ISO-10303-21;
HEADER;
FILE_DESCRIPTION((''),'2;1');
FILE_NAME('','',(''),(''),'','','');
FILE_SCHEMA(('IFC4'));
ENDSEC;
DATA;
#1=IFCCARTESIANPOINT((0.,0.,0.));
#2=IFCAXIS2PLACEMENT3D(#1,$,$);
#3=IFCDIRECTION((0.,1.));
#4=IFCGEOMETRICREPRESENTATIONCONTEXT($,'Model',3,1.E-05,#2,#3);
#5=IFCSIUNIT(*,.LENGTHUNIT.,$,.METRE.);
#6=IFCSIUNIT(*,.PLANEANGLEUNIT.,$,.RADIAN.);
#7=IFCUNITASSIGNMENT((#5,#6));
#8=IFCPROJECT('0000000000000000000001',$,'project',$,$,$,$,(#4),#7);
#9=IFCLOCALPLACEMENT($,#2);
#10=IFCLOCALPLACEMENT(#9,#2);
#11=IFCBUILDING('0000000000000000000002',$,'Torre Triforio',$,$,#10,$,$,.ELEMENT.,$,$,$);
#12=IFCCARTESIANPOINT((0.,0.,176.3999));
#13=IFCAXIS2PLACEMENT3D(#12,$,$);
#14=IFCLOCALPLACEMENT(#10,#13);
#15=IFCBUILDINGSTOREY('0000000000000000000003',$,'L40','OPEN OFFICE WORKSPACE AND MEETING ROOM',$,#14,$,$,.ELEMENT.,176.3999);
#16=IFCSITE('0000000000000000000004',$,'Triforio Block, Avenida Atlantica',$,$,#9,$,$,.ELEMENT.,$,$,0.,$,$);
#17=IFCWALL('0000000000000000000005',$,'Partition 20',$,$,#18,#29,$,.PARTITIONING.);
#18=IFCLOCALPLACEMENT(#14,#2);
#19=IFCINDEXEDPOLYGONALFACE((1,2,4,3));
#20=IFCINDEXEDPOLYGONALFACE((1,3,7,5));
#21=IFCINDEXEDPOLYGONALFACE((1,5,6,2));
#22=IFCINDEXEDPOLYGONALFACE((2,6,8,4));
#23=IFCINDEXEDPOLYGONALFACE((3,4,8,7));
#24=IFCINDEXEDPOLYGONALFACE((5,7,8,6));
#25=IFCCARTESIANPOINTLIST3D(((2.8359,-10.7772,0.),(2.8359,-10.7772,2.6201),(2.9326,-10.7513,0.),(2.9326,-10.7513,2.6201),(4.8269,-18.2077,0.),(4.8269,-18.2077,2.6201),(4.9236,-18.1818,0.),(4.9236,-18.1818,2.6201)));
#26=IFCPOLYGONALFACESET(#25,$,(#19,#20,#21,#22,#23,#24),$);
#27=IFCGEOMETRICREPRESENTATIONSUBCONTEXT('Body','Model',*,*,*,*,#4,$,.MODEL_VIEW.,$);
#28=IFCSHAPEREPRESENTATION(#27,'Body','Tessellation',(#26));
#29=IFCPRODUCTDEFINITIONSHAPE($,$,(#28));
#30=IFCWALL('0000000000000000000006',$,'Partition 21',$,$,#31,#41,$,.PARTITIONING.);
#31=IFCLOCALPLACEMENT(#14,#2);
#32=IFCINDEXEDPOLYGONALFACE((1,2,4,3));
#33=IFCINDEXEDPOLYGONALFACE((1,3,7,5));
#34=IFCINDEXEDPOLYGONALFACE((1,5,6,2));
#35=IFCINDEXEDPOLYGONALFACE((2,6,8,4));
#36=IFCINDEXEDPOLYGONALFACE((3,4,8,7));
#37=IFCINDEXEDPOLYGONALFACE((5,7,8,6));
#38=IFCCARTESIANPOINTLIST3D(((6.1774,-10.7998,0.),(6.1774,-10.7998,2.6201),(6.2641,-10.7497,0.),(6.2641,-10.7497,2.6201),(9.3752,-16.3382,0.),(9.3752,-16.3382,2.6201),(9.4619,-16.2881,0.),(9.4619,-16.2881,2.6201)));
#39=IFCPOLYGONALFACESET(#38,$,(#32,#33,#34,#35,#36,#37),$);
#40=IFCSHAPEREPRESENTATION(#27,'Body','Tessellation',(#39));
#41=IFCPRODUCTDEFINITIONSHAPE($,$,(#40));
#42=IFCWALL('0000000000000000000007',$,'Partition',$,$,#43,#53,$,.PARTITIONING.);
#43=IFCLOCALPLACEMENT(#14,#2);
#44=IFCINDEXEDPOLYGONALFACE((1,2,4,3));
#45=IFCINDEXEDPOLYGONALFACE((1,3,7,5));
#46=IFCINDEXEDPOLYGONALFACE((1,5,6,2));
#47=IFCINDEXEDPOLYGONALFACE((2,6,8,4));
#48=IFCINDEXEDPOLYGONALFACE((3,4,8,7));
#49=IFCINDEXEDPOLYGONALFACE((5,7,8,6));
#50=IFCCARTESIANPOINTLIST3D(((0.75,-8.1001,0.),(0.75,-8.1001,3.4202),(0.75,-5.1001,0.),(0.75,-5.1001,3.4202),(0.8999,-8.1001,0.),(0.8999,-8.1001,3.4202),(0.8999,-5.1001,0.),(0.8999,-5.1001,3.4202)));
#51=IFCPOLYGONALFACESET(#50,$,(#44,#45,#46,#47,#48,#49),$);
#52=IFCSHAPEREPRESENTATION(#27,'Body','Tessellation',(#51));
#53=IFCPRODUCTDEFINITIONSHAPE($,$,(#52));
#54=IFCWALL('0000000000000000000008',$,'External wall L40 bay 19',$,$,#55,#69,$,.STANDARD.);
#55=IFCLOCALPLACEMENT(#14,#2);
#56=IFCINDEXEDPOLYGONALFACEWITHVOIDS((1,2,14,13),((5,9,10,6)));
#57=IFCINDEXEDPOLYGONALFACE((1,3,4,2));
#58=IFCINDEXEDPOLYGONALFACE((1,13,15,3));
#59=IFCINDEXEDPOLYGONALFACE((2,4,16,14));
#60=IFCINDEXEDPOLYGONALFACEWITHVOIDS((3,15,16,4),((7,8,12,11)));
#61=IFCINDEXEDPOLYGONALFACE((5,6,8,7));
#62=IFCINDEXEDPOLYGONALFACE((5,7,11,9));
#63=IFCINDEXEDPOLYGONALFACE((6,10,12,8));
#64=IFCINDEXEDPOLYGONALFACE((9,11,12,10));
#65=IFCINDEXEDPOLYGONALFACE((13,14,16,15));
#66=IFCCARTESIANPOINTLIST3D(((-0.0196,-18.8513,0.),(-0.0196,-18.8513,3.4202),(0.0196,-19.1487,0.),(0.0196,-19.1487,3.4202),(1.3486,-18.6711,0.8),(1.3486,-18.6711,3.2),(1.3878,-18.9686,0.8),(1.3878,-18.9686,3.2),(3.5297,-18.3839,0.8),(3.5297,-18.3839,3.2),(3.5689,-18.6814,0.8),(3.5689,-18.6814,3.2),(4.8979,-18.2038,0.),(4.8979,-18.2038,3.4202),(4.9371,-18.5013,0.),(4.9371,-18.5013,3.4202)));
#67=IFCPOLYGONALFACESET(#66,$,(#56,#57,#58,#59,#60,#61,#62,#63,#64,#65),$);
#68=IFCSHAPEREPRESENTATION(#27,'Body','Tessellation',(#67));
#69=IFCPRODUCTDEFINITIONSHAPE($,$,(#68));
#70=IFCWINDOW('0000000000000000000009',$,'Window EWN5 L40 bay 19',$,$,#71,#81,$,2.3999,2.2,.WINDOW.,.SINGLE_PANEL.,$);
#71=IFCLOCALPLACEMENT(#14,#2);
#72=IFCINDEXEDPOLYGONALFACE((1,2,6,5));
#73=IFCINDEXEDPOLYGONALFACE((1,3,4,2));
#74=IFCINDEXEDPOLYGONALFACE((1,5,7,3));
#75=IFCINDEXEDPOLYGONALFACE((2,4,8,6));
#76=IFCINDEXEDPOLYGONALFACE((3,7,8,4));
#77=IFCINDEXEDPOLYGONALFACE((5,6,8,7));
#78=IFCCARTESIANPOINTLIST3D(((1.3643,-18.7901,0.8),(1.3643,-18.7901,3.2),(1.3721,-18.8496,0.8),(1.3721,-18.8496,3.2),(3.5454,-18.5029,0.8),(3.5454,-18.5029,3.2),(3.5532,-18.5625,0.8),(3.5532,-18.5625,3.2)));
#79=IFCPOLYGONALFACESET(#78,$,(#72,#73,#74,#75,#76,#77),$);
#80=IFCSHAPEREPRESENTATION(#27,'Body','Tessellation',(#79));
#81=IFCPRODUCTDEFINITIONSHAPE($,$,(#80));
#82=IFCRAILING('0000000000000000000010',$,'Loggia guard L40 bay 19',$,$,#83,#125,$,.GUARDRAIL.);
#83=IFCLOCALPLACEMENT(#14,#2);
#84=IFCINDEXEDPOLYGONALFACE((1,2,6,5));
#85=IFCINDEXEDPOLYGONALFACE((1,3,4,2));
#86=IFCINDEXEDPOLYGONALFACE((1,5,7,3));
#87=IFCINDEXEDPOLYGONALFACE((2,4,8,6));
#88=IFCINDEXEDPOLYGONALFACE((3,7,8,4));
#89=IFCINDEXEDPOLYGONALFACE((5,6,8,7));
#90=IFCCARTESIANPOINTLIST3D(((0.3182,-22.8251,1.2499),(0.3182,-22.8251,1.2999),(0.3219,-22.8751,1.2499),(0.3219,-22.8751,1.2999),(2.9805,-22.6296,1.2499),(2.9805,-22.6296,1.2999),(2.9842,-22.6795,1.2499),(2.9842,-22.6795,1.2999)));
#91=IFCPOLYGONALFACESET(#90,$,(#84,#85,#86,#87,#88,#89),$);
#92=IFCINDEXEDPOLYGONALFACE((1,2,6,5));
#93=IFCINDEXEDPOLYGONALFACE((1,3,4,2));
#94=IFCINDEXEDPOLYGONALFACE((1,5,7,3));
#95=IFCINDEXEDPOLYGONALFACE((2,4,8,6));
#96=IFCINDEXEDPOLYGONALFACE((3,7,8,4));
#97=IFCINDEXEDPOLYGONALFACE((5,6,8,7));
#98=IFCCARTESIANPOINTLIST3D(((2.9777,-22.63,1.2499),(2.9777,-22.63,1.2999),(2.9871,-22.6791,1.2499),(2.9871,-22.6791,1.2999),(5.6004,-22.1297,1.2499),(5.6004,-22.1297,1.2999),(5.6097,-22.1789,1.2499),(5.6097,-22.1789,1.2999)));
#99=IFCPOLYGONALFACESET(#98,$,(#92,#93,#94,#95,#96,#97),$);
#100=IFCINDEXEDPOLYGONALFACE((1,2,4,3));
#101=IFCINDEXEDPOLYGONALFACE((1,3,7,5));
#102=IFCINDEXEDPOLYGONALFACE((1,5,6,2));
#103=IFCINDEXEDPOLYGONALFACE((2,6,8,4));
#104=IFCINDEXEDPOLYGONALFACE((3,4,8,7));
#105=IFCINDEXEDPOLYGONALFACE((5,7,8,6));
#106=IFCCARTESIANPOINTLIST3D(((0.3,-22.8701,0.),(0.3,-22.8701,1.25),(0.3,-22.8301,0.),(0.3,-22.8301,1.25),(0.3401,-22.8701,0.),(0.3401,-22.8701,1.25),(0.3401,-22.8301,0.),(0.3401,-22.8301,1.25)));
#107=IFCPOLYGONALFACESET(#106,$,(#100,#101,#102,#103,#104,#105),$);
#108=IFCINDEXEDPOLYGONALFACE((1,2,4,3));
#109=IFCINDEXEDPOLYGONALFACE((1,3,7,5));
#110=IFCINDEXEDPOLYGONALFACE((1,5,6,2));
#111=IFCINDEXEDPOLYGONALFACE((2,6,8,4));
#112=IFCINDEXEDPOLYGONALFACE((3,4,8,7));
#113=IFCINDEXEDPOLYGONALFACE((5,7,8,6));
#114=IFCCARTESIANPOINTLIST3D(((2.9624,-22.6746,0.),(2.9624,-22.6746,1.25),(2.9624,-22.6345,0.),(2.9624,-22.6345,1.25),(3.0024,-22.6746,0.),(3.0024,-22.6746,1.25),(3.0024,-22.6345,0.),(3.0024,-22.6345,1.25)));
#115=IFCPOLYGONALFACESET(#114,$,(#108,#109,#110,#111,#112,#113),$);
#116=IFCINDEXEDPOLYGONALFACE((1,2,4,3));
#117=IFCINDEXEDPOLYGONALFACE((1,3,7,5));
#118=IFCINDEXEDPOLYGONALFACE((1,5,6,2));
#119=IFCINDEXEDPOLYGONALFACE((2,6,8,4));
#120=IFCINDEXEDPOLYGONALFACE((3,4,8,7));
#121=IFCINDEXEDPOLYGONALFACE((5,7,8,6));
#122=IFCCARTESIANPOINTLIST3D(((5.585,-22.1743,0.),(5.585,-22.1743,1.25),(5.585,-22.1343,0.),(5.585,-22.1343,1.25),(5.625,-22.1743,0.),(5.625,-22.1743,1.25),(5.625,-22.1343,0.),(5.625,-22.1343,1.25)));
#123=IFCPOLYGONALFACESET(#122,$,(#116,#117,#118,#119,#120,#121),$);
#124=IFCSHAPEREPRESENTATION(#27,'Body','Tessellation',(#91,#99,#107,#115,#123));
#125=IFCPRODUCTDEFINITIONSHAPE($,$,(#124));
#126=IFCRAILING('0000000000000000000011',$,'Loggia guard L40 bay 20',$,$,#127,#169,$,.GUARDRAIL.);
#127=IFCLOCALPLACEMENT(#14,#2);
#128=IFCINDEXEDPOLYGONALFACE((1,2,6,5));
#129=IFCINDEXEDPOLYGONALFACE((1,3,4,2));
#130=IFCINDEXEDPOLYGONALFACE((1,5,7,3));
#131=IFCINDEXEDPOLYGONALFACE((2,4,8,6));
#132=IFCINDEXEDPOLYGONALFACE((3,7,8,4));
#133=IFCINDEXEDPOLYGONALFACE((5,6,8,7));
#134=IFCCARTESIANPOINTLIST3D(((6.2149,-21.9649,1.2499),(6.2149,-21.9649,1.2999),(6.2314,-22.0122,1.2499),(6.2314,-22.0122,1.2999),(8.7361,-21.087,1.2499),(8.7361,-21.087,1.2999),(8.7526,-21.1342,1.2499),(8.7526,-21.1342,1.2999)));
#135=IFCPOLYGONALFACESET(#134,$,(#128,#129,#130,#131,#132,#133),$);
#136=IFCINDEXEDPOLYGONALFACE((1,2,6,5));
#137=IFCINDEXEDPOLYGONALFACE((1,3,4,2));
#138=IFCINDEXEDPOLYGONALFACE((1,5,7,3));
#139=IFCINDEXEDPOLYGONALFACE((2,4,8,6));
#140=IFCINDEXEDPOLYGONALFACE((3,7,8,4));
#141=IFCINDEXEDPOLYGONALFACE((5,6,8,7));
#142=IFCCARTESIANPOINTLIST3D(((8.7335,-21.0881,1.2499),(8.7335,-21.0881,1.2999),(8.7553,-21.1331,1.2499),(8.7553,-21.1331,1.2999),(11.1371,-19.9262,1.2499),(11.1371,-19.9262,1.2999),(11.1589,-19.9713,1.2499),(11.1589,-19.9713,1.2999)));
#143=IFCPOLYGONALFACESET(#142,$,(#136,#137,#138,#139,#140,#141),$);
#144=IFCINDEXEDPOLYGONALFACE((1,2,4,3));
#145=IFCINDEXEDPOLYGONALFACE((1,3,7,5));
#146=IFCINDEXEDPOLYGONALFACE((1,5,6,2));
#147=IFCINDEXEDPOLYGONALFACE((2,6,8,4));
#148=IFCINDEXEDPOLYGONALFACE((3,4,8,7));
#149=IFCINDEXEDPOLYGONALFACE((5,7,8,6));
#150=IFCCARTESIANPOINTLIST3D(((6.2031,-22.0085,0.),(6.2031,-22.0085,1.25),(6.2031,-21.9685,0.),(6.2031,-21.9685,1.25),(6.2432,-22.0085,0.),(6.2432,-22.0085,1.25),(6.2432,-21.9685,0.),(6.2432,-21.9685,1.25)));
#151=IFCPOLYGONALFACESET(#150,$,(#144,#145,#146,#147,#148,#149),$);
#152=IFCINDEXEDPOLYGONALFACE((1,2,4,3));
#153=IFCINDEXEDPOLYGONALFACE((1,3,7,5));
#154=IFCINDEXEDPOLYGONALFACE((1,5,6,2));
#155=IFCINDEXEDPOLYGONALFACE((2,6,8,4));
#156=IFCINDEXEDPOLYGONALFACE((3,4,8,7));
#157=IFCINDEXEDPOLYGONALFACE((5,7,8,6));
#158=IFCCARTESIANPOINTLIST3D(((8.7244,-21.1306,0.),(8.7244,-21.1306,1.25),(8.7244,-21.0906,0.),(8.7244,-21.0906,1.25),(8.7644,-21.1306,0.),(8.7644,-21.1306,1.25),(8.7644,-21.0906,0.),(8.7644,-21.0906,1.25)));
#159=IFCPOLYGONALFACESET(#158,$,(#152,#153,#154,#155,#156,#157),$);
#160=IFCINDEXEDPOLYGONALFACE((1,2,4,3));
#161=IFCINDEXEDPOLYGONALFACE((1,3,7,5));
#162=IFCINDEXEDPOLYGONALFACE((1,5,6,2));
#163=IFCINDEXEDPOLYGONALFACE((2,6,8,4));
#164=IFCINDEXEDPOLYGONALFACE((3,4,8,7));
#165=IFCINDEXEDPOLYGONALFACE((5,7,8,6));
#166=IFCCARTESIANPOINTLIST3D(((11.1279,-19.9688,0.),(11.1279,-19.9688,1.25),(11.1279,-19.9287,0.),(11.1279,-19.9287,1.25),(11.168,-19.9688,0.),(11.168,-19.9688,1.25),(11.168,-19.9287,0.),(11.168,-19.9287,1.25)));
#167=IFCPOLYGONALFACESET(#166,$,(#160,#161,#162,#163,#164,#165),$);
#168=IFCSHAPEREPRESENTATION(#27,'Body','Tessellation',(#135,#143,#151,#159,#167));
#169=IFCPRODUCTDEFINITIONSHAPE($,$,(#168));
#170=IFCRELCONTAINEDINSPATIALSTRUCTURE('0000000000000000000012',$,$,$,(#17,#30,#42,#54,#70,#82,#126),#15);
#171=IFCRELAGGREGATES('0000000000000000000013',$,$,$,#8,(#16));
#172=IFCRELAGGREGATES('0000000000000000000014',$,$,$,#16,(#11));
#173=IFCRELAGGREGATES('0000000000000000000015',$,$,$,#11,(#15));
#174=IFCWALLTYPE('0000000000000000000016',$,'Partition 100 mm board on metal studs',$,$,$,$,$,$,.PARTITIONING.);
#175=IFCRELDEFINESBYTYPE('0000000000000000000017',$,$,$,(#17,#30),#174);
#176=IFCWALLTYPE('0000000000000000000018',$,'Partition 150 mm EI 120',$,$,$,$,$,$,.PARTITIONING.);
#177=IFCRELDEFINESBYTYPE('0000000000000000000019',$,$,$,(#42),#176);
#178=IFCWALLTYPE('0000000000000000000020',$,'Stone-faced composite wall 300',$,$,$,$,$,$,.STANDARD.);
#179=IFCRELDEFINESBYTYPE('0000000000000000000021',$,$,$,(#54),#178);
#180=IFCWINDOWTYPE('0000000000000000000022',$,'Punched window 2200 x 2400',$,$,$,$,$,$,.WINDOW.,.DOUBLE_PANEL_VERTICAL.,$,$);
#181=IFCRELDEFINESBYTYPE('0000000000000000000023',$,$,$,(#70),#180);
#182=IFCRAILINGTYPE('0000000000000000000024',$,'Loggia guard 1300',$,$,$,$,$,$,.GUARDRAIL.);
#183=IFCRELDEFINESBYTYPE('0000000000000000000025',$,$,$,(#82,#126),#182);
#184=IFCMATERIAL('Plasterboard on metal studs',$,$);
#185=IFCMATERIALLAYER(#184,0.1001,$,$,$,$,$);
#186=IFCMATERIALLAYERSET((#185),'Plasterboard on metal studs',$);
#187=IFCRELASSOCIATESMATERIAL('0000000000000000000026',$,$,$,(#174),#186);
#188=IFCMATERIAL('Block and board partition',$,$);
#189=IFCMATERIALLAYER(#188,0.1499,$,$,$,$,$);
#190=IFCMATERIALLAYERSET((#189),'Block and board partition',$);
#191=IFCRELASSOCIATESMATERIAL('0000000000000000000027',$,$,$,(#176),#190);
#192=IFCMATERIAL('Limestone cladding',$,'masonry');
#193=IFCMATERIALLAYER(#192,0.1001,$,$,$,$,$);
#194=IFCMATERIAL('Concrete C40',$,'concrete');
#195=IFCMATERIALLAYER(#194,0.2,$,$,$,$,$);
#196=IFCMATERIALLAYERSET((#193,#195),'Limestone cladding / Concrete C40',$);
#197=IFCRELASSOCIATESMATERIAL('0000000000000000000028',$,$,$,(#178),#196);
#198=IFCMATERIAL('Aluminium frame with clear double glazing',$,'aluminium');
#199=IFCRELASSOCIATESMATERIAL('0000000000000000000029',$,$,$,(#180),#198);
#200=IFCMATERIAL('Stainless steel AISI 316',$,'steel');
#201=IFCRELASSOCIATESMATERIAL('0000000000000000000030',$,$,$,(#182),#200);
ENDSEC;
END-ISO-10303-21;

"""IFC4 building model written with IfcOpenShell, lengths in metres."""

from ifc_helpers import new_model, si_unit, direction, frame, frame_2d, origin, origin_2d, place, context, subcontext, project, spatial, rectangle, extrude, material, layer, layer_set, type_object, element, fill, save


model = new_model("IFC4")

# Units and contexts
model_context = context("Model", 3, precision=1e-05, world=origin(), true_north=direction((0.0, 1.0)))
body_context = subcontext(model_context, "Body", "Model", "MODEL_VIEW")
ifc_project = project(units=[si_unit("LENGTHUNIT", "METRE"), si_unit("PLANEANGLEUNIT", "RADIAN")], contexts=[model_context])

# Site, building, storey
site_placement = place(None, origin())
site = spatial("IfcSite", under=ifc_project, at=site_placement, Name="Triforio Block, Avenida Atlantica", CompositionType="ELEMENT", RefElevation=0.0)
building_placement = place(site_placement, origin())
building = spatial("IfcBuilding", under=site, at=building_placement, Name="Torre Triforio", CompositionType="ELEMENT")
storey_placement = place(building_placement, frame((0.0, 0.0, 176.3999)))
storey = spatial("IfcBuildingStorey", under=building, at=storey_placement, Name="L40", Description="OPEN OFFICE WORKSPACE AND MEETING ROOM", CompositionType="ELEMENT", Elevation=176.3999)

# Shared definitions
ifc_material_1 = material(Name="Concrete C40", Category="concrete")

# Shared definitions
ifc_material_2 = material(Name="Plasterboard on metal studs")

# Walls
ifc_layer_1 = layer(ifc_material_2, 0.1001)
ifc_layer_set_1 = layer_set([ifc_layer_1], Name="Plasterboard on metal studs")
wall_type_1 = type_object("IfcWallType", Name="Partition 100 mm board on metal studs", PredefinedType="PARTITIONING", material=ifc_layer_set_1)
wall_1_placement = place(storey_placement, frame((2.8843, -10.7644, 0.0), z_axis=(0.0, 0.0, 1.0), x_axis=(0.258818, -0.965926, 0.0)))
element("IfcWall", 1, at=wall_1_placement, inside=storey, type_object=wall_type_1, Name="Partition 20", PredefinedType="PARTITIONING", context=body_context, shape_type="SweptSolid", body=[
    extrude(rectangle(XDim=7.6926, YDim=0.1001, at=frame_2d((3.8462, 0.0))), origin(), (0.0, 0.0, 1.0), 2.6201),
])
wall_2_placement = place(storey_placement, frame((6.2207, -10.7747, 0.0), z_axis=(0.0, 0.0, 1.0), x_axis=(0.500023, -0.866012, 0.0)))
element("IfcWall", 2, at=wall_2_placement, inside=storey, type_object=wall_type_1, Name="Partition 21", PredefinedType="PARTITIONING", context=body_context, shape_type="SweptSolid", body=[
    extrude(rectangle(XDim=6.3953, YDim=0.1001, at=frame_2d((3.1978, 0.0))), origin(), (0.0, 0.0, 1.0), 2.6201),
])
ifc_material_3 = material(Name="Block and board partition")
ifc_layer_2 = layer(ifc_material_3, 0.1499)
ifc_layer_set_2 = layer_set([ifc_layer_2], Name="Block and board partition")
wall_type_2 = type_object("IfcWallType", Name="Partition 150 mm EI 120", PredefinedType="PARTITIONING", material=ifc_layer_set_2)
wall_3_placement = place(storey_placement, frame((0.825, -8.1001, 0.0), z_axis=(0.0, 0.0, 1.0), x_axis=(0.0, 1.0, 0.0)))
element("IfcWall", 3, at=wall_3_placement, inside=storey, type_object=wall_type_2, Name="Partition", PredefinedType="PARTITIONING", context=body_context, shape_type="SweptSolid", body=[
    extrude(rectangle(XDim=3.0, YDim=0.1499, at=frame_2d((1.5, 0.0))), origin(), (0.0, 0.0, 1.0), 3.4202),
])

# Wall, opening, window
ifc_material_4 = material(Name="Limestone cladding", Category="masonry")
ifc_layer_3 = layer(ifc_material_4, 0.1001)
ifc_layer_4 = layer(ifc_material_1, 0.2)
ifc_layer_set_3 = layer_set([ifc_layer_3, ifc_layer_4], Name="Limestone cladding / Concrete C40")
wall_type_3 = type_object("IfcWallType", Name="Stone-faced composite wall 300", PredefinedType="STANDARD", material=ifc_layer_set_3)
wall_4_placement = place(storey_placement, frame((0.0, -19.0, 0.0), z_axis=(0.0, 0.0, 1.0), x_axis=(0.991443, 0.130539, 0.0)))
wall_4 = element("IfcWall", 4, at=wall_4_placement, inside=storey, type_object=wall_type_3, Name="External wall L40 bay 19", PredefinedType="STANDARD", context=body_context, shape_type="SweptSolid", body=[
    extrude(rectangle(XDim=4.96, YDim=0.3, at=frame_2d((2.48, 0.0))), origin(), (0.0, 0.0, 1.0), 3.4202),
])
opening_1_placement = place(wall_4_placement, frame((1.3799, 0.0, 0.8)))
opening_1 = element("IfcOpeningElement", 5, at=opening_1_placement, cuts=wall_4, PredefinedType="OPENING", context=body_context, shape_type="SweptSolid", body=[
    extrude(rectangle(XDim=2.2, YDim=2.3999, at=frame_2d((1.1001, 1.2))), frame((0.0, 0.1599, 0.0), z_axis=(0.0, -1.0, 0.0), x_axis=(1.0, 0.0, 0.0)), (0.0, 0.0, 1.0), 0.3201),
])
ifc_material_5 = material(Name="Aluminium frame with clear double glazing", Category="aluminium")
window_type_1 = type_object("IfcWindowType", Name="Punched window 2200 x 2400", PartitioningType="DOUBLE_PANEL_VERTICAL", PredefinedType="WINDOW", material=ifc_material_5)
window_1_placement = place(opening_1_placement, origin())
window_1 = element("IfcWindow", 6, at=window_1_placement, inside=storey, type_object=window_type_1, Name="Window EWN5 L40 bay 19", OverallHeight=2.3999, OverallWidth=2.2, PartitioningType="SINGLE_PANEL", PredefinedType="WINDOW", context=body_context, shape_type="SweptSolid", body=[
    extrude(rectangle(XDim=2.2, YDim=2.3999, at=frame_2d((1.1001, 1.2))), frame((0.0, 0.03, 0.0), z_axis=(0.0, -1.0, 0.0), x_axis=(1.0, 0.0, 0.0)), (0.0, 0.0, 1.0), 0.0601),
])
fill(opening_1, window_1)

# Railings
ifc_material_6 = material(Name="Stainless steel AISI 316", Category="steel")
railing_type = type_object("IfcRailingType", Name="Loggia guard 1300", PredefinedType="GUARDRAIL", material=ifc_material_6)
railing_1_placement = place(storey_placement, frame((0.3201, -22.8501, 0.0)))
element("IfcRailing", 7, at=railing_1_placement, inside=storey, type_object=railing_type, Name="Loggia guard L40 bay 19", PredefinedType="GUARDRAIL", context=body_context, shape_type="SweptSolid", body=[
    extrude(rectangle(XDim=0.05, YDim=0.05, at=origin_2d()), frame((0.0, 0.0, 1.2749), z_axis=(0.997313, 0.073255, 0.0), x_axis=(-0.073255, 0.997313, 0.0)), (0.0, 0.0, 1.0), 2.6694),
    extrude(rectangle(XDim=0.05, YDim=0.05, at=origin_2d()), frame((2.6624, 0.1956, 1.2749), z_axis=(0.98229, 0.187368, 0.0), x_axis=(-0.187368, 0.98229, 0.0)), (0.0, 0.0, 1.0), 2.6699),
    extrude(rectangle(XDim=0.04, YDim=0.04, at=origin_2d()), origin(), (0.0, 0.0, 1.0), 1.25),
    extrude(rectangle(XDim=0.04, YDim=0.04, at=origin_2d()), frame((2.6624, 0.1956, 0.0)), (0.0, 0.0, 1.0), 1.25),
    extrude(rectangle(XDim=0.04, YDim=0.04, at=origin_2d()), frame((5.2849, 0.6958, 0.0)), (0.0, 0.0, 1.0), 1.25),
])
railing_2_placement = place(storey_placement, frame((6.2231, -21.9885, 0.0)))
element("IfcRailing", 8, at=railing_2_placement, inside=storey, type_object=railing_type, Name="Loggia guard L40 bay 20", PredefinedType="GUARDRAIL", context=body_context, shape_type="SweptSolid", body=[
    extrude(rectangle(XDim=0.05, YDim=0.05, at=origin_2d()), frame((0.0, 0.0, 1.2749), z_axis=(0.944383, 0.328847, 0.0), x_axis=(-0.328847, 0.944383, 0.0)), (0.0, 0.0, 1.0), 2.6697),
    extrude(rectangle(XDim=0.05, YDim=0.05, at=origin_2d()), frame((2.5212, 0.8779, 1.2749), z_axis=(0.900328, 0.435212, 0.0), x_axis=(-0.435212, 0.900328, 0.0)), (0.0, 0.0, 1.0), 2.6697),
    extrude(rectangle(XDim=0.04, YDim=0.04, at=origin_2d()), origin(), (0.0, 0.0, 1.0), 1.25),
    extrude(rectangle(XDim=0.04, YDim=0.04, at=origin_2d()), frame((2.5212, 0.8779, 0.0)), (0.0, 0.0, 1.0), 1.25),
    extrude(rectangle(XDim=0.04, YDim=0.04, at=origin_2d()), frame((4.9248, 2.0398, 0.0)), (0.0, 0.0, 1.0), 1.25),
])

save(model, "model.ifc")
